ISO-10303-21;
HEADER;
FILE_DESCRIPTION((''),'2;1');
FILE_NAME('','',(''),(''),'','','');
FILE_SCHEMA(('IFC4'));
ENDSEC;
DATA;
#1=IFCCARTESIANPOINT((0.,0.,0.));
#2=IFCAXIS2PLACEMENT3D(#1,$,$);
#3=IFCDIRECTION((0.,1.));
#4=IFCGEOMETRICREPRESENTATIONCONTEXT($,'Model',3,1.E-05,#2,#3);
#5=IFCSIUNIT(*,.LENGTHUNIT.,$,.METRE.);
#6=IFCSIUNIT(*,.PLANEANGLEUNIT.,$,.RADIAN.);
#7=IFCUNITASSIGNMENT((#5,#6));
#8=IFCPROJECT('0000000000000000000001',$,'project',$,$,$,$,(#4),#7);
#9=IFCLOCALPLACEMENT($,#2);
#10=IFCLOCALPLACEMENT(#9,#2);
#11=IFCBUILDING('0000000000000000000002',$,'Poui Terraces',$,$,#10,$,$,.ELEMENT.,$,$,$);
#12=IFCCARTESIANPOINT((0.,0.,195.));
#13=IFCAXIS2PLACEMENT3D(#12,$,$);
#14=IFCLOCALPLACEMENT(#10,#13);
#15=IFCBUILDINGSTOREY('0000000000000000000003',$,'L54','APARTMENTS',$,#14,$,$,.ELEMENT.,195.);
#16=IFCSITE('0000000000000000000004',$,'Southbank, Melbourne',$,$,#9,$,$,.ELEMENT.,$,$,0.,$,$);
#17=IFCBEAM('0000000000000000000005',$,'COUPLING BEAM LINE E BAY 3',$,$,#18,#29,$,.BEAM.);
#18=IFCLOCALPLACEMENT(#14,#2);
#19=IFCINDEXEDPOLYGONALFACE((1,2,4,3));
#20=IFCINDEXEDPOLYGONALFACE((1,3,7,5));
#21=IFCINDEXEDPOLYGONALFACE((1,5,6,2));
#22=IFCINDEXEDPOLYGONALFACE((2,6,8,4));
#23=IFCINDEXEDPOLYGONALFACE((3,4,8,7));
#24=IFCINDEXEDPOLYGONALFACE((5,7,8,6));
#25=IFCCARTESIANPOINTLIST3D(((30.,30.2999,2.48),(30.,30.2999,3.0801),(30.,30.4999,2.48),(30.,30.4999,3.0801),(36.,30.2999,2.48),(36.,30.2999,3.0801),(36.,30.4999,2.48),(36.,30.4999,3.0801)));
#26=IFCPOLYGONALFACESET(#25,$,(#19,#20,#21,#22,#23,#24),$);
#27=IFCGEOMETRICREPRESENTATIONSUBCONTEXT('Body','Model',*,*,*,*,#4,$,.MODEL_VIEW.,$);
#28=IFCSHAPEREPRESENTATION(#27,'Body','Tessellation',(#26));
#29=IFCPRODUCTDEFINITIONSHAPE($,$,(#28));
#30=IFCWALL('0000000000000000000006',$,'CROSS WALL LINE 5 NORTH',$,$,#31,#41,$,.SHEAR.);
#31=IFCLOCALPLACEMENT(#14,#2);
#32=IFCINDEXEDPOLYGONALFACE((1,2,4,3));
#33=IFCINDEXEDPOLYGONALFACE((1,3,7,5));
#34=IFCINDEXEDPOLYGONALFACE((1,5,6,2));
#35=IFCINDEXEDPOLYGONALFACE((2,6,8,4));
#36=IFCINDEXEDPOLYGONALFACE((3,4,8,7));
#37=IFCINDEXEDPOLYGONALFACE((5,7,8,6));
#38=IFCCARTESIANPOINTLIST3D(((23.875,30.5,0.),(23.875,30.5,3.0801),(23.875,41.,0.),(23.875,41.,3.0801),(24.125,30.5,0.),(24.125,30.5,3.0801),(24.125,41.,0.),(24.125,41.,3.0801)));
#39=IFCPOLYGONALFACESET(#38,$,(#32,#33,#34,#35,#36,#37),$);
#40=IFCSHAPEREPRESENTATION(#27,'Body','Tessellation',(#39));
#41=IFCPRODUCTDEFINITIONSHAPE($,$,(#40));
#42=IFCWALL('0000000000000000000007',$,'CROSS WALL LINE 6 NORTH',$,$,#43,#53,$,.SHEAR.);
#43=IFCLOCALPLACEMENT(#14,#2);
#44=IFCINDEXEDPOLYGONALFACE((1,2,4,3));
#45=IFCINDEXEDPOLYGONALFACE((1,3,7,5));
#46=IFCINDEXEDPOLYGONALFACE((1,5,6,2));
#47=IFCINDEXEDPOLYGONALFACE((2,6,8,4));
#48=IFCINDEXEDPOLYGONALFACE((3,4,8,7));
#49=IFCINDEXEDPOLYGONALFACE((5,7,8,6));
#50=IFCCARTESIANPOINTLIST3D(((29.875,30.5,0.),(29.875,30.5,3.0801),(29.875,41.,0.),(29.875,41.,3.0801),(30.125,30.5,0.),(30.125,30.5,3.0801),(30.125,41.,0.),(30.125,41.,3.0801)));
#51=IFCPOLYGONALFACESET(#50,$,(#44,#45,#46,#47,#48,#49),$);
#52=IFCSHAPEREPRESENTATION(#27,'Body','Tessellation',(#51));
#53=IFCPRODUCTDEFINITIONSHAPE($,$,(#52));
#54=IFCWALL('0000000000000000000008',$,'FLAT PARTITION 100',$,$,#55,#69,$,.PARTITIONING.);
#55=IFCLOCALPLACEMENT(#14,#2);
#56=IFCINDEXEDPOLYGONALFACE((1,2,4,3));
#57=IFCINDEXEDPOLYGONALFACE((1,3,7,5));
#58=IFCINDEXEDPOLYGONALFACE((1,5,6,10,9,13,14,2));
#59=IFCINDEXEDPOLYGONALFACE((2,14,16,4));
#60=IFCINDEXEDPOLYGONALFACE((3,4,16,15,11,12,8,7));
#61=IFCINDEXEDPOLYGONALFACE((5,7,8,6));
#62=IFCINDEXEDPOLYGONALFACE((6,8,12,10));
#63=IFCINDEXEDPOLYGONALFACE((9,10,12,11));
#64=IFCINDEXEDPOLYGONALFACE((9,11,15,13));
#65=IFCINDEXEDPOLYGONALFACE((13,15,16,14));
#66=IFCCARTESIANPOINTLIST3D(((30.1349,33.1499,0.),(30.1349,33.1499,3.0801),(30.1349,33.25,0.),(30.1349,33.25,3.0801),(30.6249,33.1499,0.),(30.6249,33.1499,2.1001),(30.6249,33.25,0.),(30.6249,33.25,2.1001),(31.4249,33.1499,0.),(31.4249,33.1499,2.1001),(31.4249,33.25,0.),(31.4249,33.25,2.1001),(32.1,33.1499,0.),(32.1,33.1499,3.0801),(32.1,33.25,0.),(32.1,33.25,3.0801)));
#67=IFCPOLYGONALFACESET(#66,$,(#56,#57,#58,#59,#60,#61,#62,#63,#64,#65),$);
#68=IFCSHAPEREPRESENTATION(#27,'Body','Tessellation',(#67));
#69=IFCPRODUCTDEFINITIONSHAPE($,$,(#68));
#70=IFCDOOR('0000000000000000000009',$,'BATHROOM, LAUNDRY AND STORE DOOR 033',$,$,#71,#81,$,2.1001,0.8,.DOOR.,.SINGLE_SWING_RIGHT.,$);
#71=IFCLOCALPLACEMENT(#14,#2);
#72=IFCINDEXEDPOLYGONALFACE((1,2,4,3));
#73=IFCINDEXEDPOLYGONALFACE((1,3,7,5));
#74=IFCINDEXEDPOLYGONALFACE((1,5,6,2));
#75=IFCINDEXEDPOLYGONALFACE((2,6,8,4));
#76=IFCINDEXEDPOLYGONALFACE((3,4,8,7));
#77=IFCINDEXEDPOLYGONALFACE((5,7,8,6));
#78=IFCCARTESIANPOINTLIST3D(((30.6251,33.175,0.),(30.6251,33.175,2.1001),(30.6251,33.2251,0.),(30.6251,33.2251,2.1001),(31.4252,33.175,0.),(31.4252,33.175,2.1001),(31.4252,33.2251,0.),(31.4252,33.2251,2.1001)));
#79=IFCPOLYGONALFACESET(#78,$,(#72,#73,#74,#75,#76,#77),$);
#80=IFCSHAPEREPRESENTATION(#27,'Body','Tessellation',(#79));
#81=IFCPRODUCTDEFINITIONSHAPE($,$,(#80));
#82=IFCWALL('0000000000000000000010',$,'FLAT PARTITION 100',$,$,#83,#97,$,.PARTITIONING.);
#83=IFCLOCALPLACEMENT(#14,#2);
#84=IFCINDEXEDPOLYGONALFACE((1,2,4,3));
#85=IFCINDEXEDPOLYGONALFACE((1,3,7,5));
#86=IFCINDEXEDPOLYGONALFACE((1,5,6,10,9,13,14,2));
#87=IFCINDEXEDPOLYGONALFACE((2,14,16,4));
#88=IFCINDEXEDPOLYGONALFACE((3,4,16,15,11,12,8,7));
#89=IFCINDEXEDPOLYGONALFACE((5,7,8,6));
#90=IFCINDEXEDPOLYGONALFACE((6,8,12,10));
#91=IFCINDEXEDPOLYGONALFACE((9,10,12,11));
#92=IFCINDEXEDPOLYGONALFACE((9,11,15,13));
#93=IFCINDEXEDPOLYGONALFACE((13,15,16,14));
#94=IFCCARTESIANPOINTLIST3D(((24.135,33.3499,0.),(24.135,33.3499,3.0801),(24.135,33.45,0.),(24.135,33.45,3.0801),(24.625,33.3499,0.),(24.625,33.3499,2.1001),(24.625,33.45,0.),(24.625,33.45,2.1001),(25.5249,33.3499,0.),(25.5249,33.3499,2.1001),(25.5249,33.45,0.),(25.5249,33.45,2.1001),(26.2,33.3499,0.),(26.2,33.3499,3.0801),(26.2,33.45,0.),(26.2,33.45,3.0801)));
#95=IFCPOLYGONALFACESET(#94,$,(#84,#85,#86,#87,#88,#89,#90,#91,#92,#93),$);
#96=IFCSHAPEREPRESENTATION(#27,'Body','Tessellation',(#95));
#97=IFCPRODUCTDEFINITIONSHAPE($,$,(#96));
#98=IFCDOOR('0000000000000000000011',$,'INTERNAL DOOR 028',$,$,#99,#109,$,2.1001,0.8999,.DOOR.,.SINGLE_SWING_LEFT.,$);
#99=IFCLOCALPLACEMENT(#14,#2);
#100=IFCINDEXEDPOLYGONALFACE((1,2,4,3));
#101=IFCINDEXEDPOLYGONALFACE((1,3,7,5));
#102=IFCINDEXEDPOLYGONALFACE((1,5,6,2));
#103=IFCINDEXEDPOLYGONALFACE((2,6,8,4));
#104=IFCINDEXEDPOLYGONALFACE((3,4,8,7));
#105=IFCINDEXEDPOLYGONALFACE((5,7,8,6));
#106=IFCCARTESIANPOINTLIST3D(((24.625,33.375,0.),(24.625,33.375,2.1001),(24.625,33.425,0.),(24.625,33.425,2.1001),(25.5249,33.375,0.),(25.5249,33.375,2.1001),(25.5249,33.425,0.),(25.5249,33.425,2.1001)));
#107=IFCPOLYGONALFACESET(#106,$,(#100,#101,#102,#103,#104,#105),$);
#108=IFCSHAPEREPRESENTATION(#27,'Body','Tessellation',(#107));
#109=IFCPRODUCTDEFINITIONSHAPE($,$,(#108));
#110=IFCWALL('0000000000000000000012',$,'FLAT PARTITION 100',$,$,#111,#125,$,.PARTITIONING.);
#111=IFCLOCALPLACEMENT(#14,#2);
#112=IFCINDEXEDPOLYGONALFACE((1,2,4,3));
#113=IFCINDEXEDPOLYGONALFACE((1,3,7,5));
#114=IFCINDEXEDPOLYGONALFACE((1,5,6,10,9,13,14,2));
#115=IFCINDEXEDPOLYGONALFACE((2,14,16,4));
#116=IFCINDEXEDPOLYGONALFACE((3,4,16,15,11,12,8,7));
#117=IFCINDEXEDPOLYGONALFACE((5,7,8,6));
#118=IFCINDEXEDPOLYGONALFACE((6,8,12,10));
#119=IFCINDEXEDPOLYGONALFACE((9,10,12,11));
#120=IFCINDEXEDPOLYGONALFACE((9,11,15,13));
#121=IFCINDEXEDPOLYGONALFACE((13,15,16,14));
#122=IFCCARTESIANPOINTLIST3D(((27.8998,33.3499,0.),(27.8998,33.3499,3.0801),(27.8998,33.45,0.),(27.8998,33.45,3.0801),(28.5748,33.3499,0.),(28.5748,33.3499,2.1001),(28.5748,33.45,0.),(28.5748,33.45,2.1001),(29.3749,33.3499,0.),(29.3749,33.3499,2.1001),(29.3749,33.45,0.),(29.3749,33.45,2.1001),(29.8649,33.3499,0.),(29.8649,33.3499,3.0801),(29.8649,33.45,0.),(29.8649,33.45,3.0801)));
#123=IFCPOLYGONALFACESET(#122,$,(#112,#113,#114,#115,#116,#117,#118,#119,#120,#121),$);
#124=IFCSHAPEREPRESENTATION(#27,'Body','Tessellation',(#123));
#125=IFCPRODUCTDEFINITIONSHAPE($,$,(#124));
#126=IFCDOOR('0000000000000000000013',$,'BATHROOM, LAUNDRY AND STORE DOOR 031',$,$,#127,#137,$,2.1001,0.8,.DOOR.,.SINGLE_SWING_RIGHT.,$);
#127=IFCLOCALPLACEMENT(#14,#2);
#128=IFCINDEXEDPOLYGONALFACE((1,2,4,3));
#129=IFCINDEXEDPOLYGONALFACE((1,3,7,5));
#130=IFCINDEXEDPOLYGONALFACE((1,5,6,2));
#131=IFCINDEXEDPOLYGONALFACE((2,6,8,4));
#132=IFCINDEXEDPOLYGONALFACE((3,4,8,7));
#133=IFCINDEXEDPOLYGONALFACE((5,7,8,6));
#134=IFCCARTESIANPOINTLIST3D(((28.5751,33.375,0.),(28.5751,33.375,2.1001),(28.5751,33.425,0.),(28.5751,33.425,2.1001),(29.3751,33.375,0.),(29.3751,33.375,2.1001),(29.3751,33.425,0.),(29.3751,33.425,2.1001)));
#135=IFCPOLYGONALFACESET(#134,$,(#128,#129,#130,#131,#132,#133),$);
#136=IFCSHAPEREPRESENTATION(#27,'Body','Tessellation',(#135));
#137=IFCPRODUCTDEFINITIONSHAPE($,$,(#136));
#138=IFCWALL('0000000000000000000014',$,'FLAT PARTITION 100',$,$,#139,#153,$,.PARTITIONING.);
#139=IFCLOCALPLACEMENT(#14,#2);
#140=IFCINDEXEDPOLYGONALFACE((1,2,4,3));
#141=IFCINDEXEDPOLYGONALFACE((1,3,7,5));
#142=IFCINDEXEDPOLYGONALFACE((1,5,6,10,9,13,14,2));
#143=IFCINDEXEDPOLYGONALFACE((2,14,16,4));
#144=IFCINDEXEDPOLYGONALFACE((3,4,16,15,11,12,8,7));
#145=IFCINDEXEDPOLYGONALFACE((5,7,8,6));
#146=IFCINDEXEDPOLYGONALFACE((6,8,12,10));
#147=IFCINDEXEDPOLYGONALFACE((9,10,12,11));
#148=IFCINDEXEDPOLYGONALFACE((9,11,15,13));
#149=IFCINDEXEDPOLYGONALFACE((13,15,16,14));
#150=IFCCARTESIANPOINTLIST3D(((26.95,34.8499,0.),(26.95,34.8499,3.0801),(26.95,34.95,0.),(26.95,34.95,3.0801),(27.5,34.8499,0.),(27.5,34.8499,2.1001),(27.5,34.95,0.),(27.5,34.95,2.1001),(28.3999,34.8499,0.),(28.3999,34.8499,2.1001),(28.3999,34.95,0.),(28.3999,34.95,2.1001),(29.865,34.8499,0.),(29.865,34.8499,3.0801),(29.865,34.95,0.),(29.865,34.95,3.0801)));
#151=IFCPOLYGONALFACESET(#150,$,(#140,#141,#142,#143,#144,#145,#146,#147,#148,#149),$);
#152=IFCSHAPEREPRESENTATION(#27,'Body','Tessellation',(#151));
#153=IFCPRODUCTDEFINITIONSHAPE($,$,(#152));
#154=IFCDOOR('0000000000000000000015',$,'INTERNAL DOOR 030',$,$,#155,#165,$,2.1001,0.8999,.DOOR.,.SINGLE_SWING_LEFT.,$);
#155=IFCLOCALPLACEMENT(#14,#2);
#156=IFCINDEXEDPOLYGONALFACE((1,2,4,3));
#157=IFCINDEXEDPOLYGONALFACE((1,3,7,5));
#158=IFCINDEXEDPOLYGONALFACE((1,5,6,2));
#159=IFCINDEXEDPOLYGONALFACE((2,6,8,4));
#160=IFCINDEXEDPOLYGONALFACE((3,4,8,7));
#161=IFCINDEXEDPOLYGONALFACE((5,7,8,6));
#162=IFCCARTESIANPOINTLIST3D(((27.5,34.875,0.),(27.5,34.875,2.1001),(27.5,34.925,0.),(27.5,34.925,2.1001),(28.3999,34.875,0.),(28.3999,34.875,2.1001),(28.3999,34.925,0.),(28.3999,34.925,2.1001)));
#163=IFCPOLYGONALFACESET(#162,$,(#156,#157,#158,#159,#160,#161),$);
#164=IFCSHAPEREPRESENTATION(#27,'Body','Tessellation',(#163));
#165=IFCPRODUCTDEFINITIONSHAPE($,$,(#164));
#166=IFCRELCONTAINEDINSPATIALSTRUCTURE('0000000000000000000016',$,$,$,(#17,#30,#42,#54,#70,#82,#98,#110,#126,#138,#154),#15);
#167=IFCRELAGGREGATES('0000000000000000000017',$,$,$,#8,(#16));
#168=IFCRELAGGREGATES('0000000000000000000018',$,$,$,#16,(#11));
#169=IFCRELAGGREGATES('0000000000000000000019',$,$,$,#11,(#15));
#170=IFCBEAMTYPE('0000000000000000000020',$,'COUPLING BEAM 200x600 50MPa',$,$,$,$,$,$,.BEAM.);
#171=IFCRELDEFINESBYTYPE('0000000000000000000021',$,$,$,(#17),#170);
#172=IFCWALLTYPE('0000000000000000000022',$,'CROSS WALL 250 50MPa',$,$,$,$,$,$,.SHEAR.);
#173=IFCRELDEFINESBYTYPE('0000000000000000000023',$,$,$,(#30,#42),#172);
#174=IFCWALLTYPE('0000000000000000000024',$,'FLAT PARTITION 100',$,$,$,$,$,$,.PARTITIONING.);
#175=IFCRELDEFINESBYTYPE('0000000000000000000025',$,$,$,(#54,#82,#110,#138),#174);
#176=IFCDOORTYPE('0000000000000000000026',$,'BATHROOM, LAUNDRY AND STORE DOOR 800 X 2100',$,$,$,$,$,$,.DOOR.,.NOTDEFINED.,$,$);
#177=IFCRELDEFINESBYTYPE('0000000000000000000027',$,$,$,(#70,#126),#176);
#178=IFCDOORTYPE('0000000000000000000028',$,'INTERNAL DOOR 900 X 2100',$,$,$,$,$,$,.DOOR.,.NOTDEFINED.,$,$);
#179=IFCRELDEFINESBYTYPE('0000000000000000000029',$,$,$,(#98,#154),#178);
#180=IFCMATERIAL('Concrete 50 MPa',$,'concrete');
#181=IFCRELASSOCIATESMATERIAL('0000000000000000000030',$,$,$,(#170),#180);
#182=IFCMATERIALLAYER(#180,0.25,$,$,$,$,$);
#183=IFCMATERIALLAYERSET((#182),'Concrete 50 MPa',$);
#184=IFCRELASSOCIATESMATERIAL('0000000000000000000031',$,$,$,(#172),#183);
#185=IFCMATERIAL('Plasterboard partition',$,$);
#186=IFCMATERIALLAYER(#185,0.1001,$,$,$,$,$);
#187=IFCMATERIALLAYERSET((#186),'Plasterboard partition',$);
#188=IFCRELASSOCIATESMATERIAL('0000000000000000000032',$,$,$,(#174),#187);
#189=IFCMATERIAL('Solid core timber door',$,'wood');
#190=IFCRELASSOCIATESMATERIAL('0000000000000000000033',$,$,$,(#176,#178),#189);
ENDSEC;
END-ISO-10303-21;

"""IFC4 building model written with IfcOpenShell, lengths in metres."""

from ifc_helpers import new_model, si_unit, direction, frame, frame_2d, origin, origin_2d, place, context, subcontext, project, spatial, rectangle, extrude, source, transform, mapped, material, layer, layer_set, material_profile, profile_set, type_object, element, fill, save


model = new_model("IFC4")

# Units and contexts
model_context = context("Model", 3, precision=1e-05, world=origin(), true_north=direction((0.0, 1.0)))
body_context = subcontext(model_context, "Body", "Model", "MODEL_VIEW")
ifc_project = project(units=[si_unit("LENGTHUNIT", "METRE"), si_unit("PLANEANGLEUNIT", "RADIAN")], contexts=[model_context])

# Site, building, storey
site_placement = place(None, origin())
site = spatial("IfcSite", under=ifc_project, at=site_placement, Name="Southbank, Melbourne", CompositionType="ELEMENT", RefElevation=0.0)
building_placement = place(site_placement, origin())
building = spatial("IfcBuilding", under=site, at=building_placement, Name="Poui Terraces", CompositionType="ELEMENT")
storey_placement = place(building_placement, frame((0.0, 0.0, 195.0)))
storey = spatial("IfcBuildingStorey", under=building, at=storey_placement, Name="L54", Description="APARTMENTS", CompositionType="ELEMENT", Elevation=195.0)

# Beam
ifc_material_1 = material(Name="Concrete 50 MPa", Category="concrete")
ifc_material_profile_1 = material_profile(ifc_material_1, rectangle(XDim=0.2, YDim=0.6001, at=origin_2d()), Name="RC 200x600")
ifc_profile_set_1 = profile_set([ifc_material_profile_1], Name="Concrete 50 MPa")
beam_type = type_object("IfcBeamType", Name="COUPLING BEAM 200x600 50MPa", PredefinedType="BEAM", material=ifc_profile_set_1)
shared_shape_1 = source(origin(), body_context, "Body", "SweptSolid", [
    extrude(rectangle(XDim=0.2, YDim=0.6001, at=origin_2d()), origin(), (0.0, 0.0, 1.0), 6.0),
])
beam_placement = place(storey_placement, frame((30.0, 30.3999, 2.78), z_axis=(1.0, 0.0, 0.0), x_axis=(0.0, 1.0, 0.0)))
element("IfcBeam", 1, at=beam_placement, inside=storey, type_object=beam_type, Name="COUPLING BEAM LINE E BAY 3", PredefinedType="BEAM", context=body_context, shape_type="MappedRepresentation", body=[
    mapped(shared_shape_1, transform((0.0, 0.0, 0.0))),
])

# Walls
ifc_layer_1 = layer(ifc_material_1, 0.25)
ifc_layer_set_1 = layer_set([ifc_layer_1], Name="Concrete 50 MPa")
wall_type_1 = type_object("IfcWallType", Name="CROSS WALL 250 50MPa", PredefinedType="SHEAR", material=ifc_layer_set_1)
for number, where, z_axis, x_axis, name in (
    (2, (24.0, 30.5, 0.0), (0.0, 0.0, 1.0), (0.0, 1.0, 0.0), "CROSS WALL LINE 5 NORTH"),
    (3, (30.0, 30.5, 0.0), (0.0, 0.0, 1.0), (0.0, 1.0, 0.0), "CROSS WALL LINE 6 NORTH"),
):
    element("IfcWall", number, at=place(storey_placement, frame(where, z_axis=z_axis, x_axis=x_axis)), inside=storey, type_object=wall_type_1, Name=name, PredefinedType="SHEAR", context=body_context, shape_type="SweptSolid", body=[
        extrude(rectangle(XDim=10.5, YDim=0.25, at=frame_2d((5.25, 0.0))), origin(), (0.0, 0.0, 1.0), 3.0801),
    ])

# Walls, openings, doors
ifc_material_2 = material(Name="Plasterboard partition")
ifc_layer_2 = layer(ifc_material_2, 0.1001)
ifc_layer_set_2 = layer_set([ifc_layer_2], Name="Plasterboard partition")
wall_type_2 = type_object("IfcWallType", Name="FLAT PARTITION 100", PredefinedType="PARTITIONING", material=ifc_layer_set_2)
wall_1_placement = place(storey_placement, frame((30.135, 33.2, 0.0), z_axis=(0.0, 0.0, 1.0), x_axis=(1.0, 0.0, 0.0)))
wall_1 = element("IfcWall", 4, at=wall_1_placement, inside=storey, type_object=wall_type_2, Name="FLAT PARTITION 100", PredefinedType="PARTITIONING", context=body_context, shape_type="SweptSolid", body=[
    extrude(rectangle(XDim=1.9651, YDim=0.1001, at=frame_2d((0.9824, 0.0))), origin(), (0.0, 0.0, 1.0), 3.0801),
])
opening_1_placement = place(wall_1_placement, frame((0.49, 0.0, 0.0)))
opening_1 = element("IfcOpeningElement", 5, at=opening_1_placement, cuts=wall_1, PredefinedType="OPENING", context=body_context, shape_type="SweptSolid", body=[
    extrude(rectangle(XDim=0.8, YDim=2.1001, at=frame_2d((0.3999, 1.05))), frame((0.0, 0.0601, 0.0), z_axis=(0.0, -1.0, 0.0), x_axis=(1.0, 0.0, 0.0)), (0.0, 0.0, 1.0), 0.1201),
])
ifc_material_3 = material(Name="Solid core timber door", Category="wood")
door_type_1 = type_object("IfcDoorType", Name="BATHROOM, LAUNDRY AND STORE DOOR 800 X 2100", OperationType="NOTDEFINED", PredefinedType="DOOR", material=ifc_material_3)
door_1_placement = place(opening_1_placement, frame((0.8, 0.0, 0.0), z_axis=(0.0, 0.0, 1.0), x_axis=(-1.0, 0.0, 0.0)))
door_1 = element("IfcDoor", 6, at=door_1_placement, inside=storey, type_object=door_type_1, Name="BATHROOM, LAUNDRY AND STORE DOOR 033", OperationType="SINGLE_SWING_RIGHT", OverallHeight=2.1001, OverallWidth=0.8, PredefinedType="DOOR", context=body_context, shape_type="SweptSolid", body=[
    extrude(rectangle(XDim=0.8, YDim=2.1001, at=frame_2d((0.3999, 1.05))), frame((0.0, 0.0249, 0.0), z_axis=(0.0, -1.0, 0.0), x_axis=(1.0, 0.0, 0.0)), (0.0, 0.0, 1.0), 0.05),
])
fill(opening_1, door_1)
wall_2_placement = place(storey_placement, frame((24.135, 33.3999, 0.0), z_axis=(0.0, 0.0, 1.0), x_axis=(1.0, 0.0, 0.0)))
wall_2 = element("IfcWall", 7, at=wall_2_placement, inside=storey, type_object=wall_type_2, Name="FLAT PARTITION 100", PredefinedType="PARTITIONING", context=body_context, shape_type="SweptSolid", body=[
    extrude(rectangle(XDim=2.0649, YDim=0.1001, at=frame_2d((1.0325, 0.0))), origin(), (0.0, 0.0, 1.0), 3.0801),
])
opening_2_placement = place(wall_2_placement, frame((0.49, 0.0, 0.0)))
opening_2 = element("IfcOpeningElement", 8, at=opening_2_placement, cuts=wall_2, PredefinedType="OPENING", context=body_context, shape_type="SweptSolid", body=[
    extrude(rectangle(XDim=0.8999, YDim=2.1001, at=frame_2d((0.45, 1.05))), frame((0.0, 0.0601, 0.0), z_axis=(0.0, -1.0, 0.0), x_axis=(1.0, 0.0, 0.0)), (0.0, 0.0, 1.0), 0.1201),
])
door_type_2 = type_object("IfcDoorType", Name="INTERNAL DOOR 900 X 2100", OperationType="NOTDEFINED", PredefinedType="DOOR", material=ifc_material_3)
door_2_placement = place(opening_2_placement, frame((0.8999, 0.0, 0.0), z_axis=(0.0, 0.0, 1.0), x_axis=(-1.0, 0.0, 0.0)))
door_2 = element("IfcDoor", 9, at=door_2_placement, inside=storey, type_object=door_type_2, Name="INTERNAL DOOR 028", OperationType="SINGLE_SWING_LEFT", OverallHeight=2.1001, OverallWidth=0.8999, PredefinedType="DOOR", context=body_context, shape_type="SweptSolid", body=[
    extrude(rectangle(XDim=0.8999, YDim=2.1001, at=frame_2d((0.45, 1.05))), frame((0.0, 0.0249, 0.0), z_axis=(0.0, -1.0, 0.0), x_axis=(1.0, 0.0, 0.0)), (0.0, 0.0, 1.0), 0.05),
])
fill(opening_2, door_2)
wall_3_placement = place(storey_placement, frame((27.8999, 33.3999, 0.0), z_axis=(0.0, 0.0, 1.0), x_axis=(1.0, 0.0, 0.0)))
wall_3 = element("IfcWall", 10, at=wall_3_placement, inside=storey, type_object=wall_type_2, Name="FLAT PARTITION 100", PredefinedType="PARTITIONING", context=body_context, shape_type="SweptSolid", body=[
    extrude(rectangle(XDim=1.9651, YDim=0.1001, at=frame_2d((0.9824, 0.0))), origin(), (0.0, 0.0, 1.0), 3.0801),
])
opening_3_placement = place(wall_3_placement, frame((0.675, 0.0, 0.0)))
opening_3 = element("IfcOpeningElement", 11, at=opening_3_placement, cuts=wall_3, PredefinedType="OPENING", context=body_context, shape_type="SweptSolid", body=[
    extrude(rectangle(XDim=0.8, YDim=2.1001, at=frame_2d((0.3999, 1.05))), frame((0.0, 0.0601, 0.0), z_axis=(0.0, -1.0, 0.0), x_axis=(1.0, 0.0, 0.0)), (0.0, 0.0, 1.0), 0.1201),
])
door_3_placement = place(opening_3_placement, frame((0.8, 0.0, 0.0), z_axis=(0.0, 0.0, 1.0), x_axis=(-1.0, 0.0, 0.0)))
door_3 = element("IfcDoor", 12, at=door_3_placement, inside=storey, type_object=door_type_1, Name="BATHROOM, LAUNDRY AND STORE DOOR 031", OperationType="SINGLE_SWING_RIGHT", OverallHeight=2.1001, OverallWidth=0.8, PredefinedType="DOOR", context=body_context, shape_type="SweptSolid", body=[
    extrude(rectangle(XDim=0.8, YDim=2.1001, at=frame_2d((0.3999, 1.05))), frame((0.0, 0.0249, 0.0), z_axis=(0.0, -1.0, 0.0), x_axis=(1.0, 0.0, 0.0)), (0.0, 0.0, 1.0), 0.05),
])
fill(opening_3, door_3)
wall_4_placement = place(storey_placement, frame((26.95, 34.8999, 0.0), z_axis=(0.0, 0.0, 1.0), x_axis=(1.0, 0.0, 0.0)))
wall_4 = element("IfcWall", 13, at=wall_4_placement, inside=storey, type_object=wall_type_2, Name="FLAT PARTITION 100", PredefinedType="PARTITIONING", context=body_context, shape_type="SweptSolid", body=[
    extrude(rectangle(XDim=2.915, YDim=0.1001, at=frame_2d((1.4575, 0.0))), origin(), (0.0, 0.0, 1.0), 3.0801),
])
opening_4_placement = place(wall_4_placement, frame((0.55, 0.0, 0.0)))
opening_4 = element("IfcOpeningElement", 14, at=opening_4_placement, cuts=wall_4, PredefinedType="OPENING", context=body_context, shape_type="SweptSolid", body=[
    extrude(rectangle(XDim=0.8999, YDim=2.1001, at=frame_2d((0.45, 1.05))), frame((0.0, 0.0601, 0.0), z_axis=(0.0, -1.0, 0.0), x_axis=(1.0, 0.0, 0.0)), (0.0, 0.0, 1.0), 0.1201),
])
door_4_placement = place(opening_4_placement, frame((0.8999, 0.0, 0.0), z_axis=(0.0, 0.0, 1.0), x_axis=(-1.0, 0.0, 0.0)))
door_4 = element("IfcDoor", 15, at=door_4_placement, inside=storey, type_object=door_type_2, Name="INTERNAL DOOR 030", OperationType="SINGLE_SWING_LEFT", OverallHeight=2.1001, OverallWidth=0.8999, PredefinedType="DOOR", context=body_context, shape_type="SweptSolid", body=[
    extrude(rectangle(XDim=0.8999, YDim=2.1001, at=frame_2d((0.45, 1.05))), frame((0.0, 0.0249, 0.0), z_axis=(0.0, -1.0, 0.0), x_axis=(1.0, 0.0, 0.0)), (0.0, 0.0, 1.0), 0.05),
])
fill(opening_4, door_4)

save(model, "model.ifc")
